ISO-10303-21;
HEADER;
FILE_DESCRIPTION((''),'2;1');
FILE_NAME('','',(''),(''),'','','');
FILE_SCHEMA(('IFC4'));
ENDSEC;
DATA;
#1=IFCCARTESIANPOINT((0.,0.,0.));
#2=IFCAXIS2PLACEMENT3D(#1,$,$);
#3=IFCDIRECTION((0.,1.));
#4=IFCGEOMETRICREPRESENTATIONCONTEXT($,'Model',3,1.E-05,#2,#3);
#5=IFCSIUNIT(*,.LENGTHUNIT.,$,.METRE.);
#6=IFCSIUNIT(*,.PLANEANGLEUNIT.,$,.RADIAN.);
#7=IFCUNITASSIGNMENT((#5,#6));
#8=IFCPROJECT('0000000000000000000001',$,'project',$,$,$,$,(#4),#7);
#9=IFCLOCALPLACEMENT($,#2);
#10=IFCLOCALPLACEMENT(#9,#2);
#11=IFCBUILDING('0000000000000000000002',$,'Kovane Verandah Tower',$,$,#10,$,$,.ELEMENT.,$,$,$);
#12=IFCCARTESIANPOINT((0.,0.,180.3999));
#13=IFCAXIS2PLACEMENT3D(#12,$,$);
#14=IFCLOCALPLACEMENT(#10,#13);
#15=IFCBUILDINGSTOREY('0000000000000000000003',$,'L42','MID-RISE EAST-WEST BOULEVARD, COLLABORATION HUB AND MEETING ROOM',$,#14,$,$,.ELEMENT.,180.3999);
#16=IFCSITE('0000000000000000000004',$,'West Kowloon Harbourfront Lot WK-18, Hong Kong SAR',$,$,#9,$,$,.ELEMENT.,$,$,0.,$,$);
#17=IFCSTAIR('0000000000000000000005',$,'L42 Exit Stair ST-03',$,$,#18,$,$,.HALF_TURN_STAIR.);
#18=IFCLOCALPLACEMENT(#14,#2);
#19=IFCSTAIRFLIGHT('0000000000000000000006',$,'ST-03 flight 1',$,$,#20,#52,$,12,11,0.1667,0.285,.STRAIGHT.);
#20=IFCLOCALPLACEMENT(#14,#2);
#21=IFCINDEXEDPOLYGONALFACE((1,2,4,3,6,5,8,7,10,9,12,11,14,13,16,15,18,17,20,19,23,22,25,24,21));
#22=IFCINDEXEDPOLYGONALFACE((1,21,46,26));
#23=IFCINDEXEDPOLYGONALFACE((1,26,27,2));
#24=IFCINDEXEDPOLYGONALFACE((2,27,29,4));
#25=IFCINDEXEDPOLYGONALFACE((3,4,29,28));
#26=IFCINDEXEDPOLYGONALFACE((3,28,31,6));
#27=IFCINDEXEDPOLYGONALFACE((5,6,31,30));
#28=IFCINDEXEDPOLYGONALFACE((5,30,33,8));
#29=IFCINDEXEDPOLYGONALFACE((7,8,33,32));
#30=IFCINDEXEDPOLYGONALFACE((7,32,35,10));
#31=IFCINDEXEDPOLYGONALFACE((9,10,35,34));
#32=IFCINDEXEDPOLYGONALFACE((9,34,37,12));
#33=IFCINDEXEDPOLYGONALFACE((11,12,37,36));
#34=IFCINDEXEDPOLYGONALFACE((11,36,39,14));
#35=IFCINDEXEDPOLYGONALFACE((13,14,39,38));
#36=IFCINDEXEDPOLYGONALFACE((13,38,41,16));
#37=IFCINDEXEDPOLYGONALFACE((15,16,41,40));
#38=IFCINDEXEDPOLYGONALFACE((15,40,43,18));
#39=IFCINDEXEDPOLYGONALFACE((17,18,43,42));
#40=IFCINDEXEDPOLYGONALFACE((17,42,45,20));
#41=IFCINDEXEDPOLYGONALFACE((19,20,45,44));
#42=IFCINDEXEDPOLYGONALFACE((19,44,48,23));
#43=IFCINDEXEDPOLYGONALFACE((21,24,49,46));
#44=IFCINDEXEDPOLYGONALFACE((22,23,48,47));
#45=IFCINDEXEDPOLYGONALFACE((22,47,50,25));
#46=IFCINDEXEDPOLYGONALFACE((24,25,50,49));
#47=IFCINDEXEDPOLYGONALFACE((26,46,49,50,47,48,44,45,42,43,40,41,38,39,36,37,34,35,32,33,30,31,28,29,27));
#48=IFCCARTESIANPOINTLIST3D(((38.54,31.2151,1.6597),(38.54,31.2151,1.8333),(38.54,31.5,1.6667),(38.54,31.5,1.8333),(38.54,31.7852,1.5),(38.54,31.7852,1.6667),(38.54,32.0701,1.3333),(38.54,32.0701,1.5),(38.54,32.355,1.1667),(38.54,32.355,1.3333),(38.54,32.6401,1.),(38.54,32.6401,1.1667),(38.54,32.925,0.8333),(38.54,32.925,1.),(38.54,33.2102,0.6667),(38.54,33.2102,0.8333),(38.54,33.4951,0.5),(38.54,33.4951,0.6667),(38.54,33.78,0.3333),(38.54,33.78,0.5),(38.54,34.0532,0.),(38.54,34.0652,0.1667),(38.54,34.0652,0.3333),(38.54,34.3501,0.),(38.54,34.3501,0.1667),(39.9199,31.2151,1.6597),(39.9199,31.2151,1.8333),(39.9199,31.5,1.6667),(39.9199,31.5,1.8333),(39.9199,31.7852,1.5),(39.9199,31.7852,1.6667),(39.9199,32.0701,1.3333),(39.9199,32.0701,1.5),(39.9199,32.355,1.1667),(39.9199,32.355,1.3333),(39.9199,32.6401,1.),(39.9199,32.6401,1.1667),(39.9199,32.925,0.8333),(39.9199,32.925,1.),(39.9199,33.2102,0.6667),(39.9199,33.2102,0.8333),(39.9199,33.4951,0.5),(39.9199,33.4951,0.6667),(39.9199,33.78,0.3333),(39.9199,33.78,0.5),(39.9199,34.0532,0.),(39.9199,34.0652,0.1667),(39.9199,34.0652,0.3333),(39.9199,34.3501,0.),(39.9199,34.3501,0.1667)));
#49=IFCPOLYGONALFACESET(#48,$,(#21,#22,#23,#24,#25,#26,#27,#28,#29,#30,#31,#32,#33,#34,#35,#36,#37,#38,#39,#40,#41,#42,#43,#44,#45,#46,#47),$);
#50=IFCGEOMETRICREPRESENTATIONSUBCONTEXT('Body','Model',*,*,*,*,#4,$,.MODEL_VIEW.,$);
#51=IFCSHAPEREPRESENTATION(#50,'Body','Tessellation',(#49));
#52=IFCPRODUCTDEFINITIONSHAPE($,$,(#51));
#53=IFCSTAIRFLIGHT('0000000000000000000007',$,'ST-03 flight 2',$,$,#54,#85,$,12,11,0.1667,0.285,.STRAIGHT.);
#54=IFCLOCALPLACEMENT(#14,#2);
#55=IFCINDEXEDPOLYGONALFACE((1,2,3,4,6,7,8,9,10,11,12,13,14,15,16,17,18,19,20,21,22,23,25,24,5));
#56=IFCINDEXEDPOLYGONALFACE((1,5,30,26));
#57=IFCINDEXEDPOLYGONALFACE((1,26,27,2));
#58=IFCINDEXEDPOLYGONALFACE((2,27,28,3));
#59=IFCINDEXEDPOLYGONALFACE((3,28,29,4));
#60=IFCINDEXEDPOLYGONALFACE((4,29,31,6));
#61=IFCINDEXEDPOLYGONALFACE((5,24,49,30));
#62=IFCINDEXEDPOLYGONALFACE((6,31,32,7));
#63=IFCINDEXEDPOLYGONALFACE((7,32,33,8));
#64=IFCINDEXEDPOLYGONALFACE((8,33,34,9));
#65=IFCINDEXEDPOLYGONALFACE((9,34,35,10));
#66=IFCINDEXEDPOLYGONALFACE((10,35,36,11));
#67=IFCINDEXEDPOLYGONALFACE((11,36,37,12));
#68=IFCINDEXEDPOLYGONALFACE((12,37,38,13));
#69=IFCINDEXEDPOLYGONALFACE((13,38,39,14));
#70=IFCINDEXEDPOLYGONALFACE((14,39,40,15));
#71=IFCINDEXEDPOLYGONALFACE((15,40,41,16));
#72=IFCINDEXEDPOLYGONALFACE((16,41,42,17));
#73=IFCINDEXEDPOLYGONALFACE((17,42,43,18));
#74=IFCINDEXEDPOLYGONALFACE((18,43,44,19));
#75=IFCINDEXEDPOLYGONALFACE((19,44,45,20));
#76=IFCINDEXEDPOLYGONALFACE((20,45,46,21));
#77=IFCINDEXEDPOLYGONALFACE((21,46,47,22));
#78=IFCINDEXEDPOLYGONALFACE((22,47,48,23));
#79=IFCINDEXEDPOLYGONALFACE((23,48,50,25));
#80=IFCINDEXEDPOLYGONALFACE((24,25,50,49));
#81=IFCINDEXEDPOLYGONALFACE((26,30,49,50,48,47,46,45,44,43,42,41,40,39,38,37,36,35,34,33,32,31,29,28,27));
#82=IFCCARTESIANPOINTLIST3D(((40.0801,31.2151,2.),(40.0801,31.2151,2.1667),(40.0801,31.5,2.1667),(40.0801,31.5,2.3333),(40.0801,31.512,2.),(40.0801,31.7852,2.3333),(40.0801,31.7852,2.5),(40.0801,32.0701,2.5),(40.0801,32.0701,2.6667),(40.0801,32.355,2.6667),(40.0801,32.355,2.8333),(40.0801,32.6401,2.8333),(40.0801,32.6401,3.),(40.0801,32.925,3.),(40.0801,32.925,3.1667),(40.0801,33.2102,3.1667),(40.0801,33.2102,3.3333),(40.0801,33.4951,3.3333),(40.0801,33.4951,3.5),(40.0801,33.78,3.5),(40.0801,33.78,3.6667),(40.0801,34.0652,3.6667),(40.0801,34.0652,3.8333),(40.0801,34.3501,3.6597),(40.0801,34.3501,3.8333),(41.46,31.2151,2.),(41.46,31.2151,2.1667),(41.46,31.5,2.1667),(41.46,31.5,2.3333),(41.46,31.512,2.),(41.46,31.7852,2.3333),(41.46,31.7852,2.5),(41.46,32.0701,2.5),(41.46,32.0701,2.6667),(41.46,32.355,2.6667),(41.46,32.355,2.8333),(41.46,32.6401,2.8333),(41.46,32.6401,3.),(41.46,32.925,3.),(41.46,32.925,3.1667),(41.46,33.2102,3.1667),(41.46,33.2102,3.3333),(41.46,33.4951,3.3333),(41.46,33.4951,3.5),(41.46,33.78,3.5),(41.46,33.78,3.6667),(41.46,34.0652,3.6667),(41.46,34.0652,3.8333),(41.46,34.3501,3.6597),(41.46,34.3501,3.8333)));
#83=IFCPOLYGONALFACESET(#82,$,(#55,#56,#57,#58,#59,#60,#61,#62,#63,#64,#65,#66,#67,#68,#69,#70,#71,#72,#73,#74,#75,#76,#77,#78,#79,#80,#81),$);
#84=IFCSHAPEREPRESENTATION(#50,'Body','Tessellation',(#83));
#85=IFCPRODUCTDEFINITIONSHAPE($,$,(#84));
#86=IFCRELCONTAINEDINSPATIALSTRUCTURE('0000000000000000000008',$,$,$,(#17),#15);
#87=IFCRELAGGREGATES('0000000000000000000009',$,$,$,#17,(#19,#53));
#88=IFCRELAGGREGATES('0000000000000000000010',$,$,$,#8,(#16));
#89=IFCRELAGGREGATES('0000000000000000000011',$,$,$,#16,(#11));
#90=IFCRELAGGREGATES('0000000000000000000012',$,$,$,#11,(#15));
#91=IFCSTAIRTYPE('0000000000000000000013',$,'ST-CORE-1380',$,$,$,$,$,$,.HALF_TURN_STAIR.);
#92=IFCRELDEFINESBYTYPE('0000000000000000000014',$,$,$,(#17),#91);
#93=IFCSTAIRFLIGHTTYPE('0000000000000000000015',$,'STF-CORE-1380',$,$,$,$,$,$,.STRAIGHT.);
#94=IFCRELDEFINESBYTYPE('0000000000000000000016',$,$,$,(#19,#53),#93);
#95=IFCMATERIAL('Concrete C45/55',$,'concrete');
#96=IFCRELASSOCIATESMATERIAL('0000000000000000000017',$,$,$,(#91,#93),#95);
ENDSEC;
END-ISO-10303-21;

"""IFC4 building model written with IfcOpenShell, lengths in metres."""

from ifc_helpers import new_model, si_unit, direction, frame, origin, place, context, subcontext, project, spatial, polyline, outline, extrude, material, type_object, element, aggregate, save


model = new_model("IFC4")

# Units and contexts
model_context = context("Model", 3, precision=1e-05, world=origin(), true_north=direction((0.0, 1.0)))
body_context = subcontext(model_context, "Body", "Model", "MODEL_VIEW")
ifc_project = project(units=[si_unit("LENGTHUNIT", "METRE"), si_unit("PLANEANGLEUNIT", "RADIAN")], contexts=[model_context])

# Site, building, storey
site_placement = place(None, origin())
site = spatial("IfcSite", under=ifc_project, at=site_placement, Name="West Kowloon Harbourfront Lot WK-18, Hong Kong SAR", CompositionType="ELEMENT", RefElevation=0.0)
building_placement = place(site_placement, origin())
building = spatial("IfcBuilding", under=site, at=building_placement, Name="Kovane Verandah Tower", CompositionType="ELEMENT")
storey_placement = place(building_placement, frame((0.0, 0.0, 180.3999)))
storey = spatial("IfcBuildingStorey", under=building, at=storey_placement, Name="L42", Description="MID-RISE EAST-WEST BOULEVARD, COLLABORATION HUB AND MEETING ROOM", CompositionType="ELEMENT", Elevation=180.3999)

# Stair, stair flights
ifc_material_1 = material(Name="Concrete C45/55", Category="concrete")
stair_type = type_object("IfcStairType", Name="ST-CORE-1380", PredefinedType="HALF_TURN_STAIR", material=ifc_material_1)
stair_placement = place(storey_placement, origin())
stair = element("IfcStair", 1, at=stair_placement, inside=storey, type_object=stair_type, Name="L42 Exit Stair ST-03", PredefinedType="HALF_TURN_STAIR")
stair_flight_type = type_object("IfcStairFlightType", Name="STF-CORE-1380", PredefinedType="STRAIGHT", material=ifc_material_1)
stair_flight_1_placement = place(storey_placement, frame((39.23, 34.3501, 0.0), z_axis=(0.0, 0.0, 1.0), x_axis=(0.0, -1.0, 0.0)))
stair_flight_1 = element("IfcStairFlight", 2, at=stair_flight_1_placement, type_object=stair_flight_type, Name="ST-03 flight 1", NumberOfRisers=12, NumberOfTreads=11, PredefinedType="STRAIGHT", RiserHeight=0.1667, TreadLength=0.285, context=body_context, shape_type="SweptSolid", body=[
    extrude(outline(polyline([(0.0, 0.0), (0.0, 0.1667), (0.2849, 0.1667), (0.2849, 0.3333), (0.5701, 0.3333), (0.5701, 0.5), (0.855, 0.5), (0.855, 0.6667), (1.1399, 0.6667), (1.1399, 0.8333), (1.425, 0.8333), (1.425, 1.0), (1.71, 1.0), (1.71, 1.1667), (1.9951, 1.1667), (1.9951, 1.3333), (2.28, 1.3333), (2.28, 1.5), (2.5649, 1.5), (2.5649, 1.6667), (2.8501, 1.6667), (2.8501, 1.8333), (3.135, 1.8333), (3.135, 2.0), (3.135, 1.6597), (0.2969, 0.0), (0.0, 0.0)])), frame((0.0, 0.6899, 0.0), z_axis=(0.0, -1.0, 0.0), x_axis=(1.0, 0.0, 0.0)), (0.0, 0.0, 1.0), 1.3799),
])
stair_flight_2_placement = place(storey_placement, frame((40.77, 31.2151, 2.0), z_axis=(0.0, 0.0, 1.0), x_axis=(0.0, 1.0, 0.0)))
stair_flight_2 = element("IfcStairFlight", 3, at=stair_flight_2_placement, type_object=stair_flight_type, Name="ST-03 flight 2", NumberOfRisers=12, NumberOfTreads=11, PredefinedType="STRAIGHT", RiserHeight=0.1667, TreadLength=0.285, context=body_context, shape_type="SweptSolid", body=[
    extrude(outline(polyline([(0.0, 0.0), (0.0, 0.1667), (0.2849, 0.1667), (0.2849, 0.3333), (0.5701, 0.3333), (0.5701, 0.5), (0.855, 0.5), (0.855, 0.6667), (1.1399, 0.6667), (1.1399, 0.8333), (1.425, 0.8333), (1.425, 1.0), (1.71, 1.0), (1.71, 1.1667), (1.9951, 1.1667), (1.9951, 1.3333), (2.28, 1.3333), (2.28, 1.5), (2.5649, 1.5), (2.5649, 1.6667), (2.8501, 1.6667), (2.8501, 1.8333), (3.135, 1.8333), (3.135, 2.0), (3.135, 1.6597), (0.2969, 0.0), (0.0, 0.0)])), frame((0.0, 0.6899, 0.0), z_axis=(0.0, -1.0, 0.0), x_axis=(1.0, 0.0, 0.0)), (0.0, 0.0, 1.0), 1.3799),
])
aggregate(stair, [stair_flight_1, stair_flight_2])

save(model, "model.ifc")
